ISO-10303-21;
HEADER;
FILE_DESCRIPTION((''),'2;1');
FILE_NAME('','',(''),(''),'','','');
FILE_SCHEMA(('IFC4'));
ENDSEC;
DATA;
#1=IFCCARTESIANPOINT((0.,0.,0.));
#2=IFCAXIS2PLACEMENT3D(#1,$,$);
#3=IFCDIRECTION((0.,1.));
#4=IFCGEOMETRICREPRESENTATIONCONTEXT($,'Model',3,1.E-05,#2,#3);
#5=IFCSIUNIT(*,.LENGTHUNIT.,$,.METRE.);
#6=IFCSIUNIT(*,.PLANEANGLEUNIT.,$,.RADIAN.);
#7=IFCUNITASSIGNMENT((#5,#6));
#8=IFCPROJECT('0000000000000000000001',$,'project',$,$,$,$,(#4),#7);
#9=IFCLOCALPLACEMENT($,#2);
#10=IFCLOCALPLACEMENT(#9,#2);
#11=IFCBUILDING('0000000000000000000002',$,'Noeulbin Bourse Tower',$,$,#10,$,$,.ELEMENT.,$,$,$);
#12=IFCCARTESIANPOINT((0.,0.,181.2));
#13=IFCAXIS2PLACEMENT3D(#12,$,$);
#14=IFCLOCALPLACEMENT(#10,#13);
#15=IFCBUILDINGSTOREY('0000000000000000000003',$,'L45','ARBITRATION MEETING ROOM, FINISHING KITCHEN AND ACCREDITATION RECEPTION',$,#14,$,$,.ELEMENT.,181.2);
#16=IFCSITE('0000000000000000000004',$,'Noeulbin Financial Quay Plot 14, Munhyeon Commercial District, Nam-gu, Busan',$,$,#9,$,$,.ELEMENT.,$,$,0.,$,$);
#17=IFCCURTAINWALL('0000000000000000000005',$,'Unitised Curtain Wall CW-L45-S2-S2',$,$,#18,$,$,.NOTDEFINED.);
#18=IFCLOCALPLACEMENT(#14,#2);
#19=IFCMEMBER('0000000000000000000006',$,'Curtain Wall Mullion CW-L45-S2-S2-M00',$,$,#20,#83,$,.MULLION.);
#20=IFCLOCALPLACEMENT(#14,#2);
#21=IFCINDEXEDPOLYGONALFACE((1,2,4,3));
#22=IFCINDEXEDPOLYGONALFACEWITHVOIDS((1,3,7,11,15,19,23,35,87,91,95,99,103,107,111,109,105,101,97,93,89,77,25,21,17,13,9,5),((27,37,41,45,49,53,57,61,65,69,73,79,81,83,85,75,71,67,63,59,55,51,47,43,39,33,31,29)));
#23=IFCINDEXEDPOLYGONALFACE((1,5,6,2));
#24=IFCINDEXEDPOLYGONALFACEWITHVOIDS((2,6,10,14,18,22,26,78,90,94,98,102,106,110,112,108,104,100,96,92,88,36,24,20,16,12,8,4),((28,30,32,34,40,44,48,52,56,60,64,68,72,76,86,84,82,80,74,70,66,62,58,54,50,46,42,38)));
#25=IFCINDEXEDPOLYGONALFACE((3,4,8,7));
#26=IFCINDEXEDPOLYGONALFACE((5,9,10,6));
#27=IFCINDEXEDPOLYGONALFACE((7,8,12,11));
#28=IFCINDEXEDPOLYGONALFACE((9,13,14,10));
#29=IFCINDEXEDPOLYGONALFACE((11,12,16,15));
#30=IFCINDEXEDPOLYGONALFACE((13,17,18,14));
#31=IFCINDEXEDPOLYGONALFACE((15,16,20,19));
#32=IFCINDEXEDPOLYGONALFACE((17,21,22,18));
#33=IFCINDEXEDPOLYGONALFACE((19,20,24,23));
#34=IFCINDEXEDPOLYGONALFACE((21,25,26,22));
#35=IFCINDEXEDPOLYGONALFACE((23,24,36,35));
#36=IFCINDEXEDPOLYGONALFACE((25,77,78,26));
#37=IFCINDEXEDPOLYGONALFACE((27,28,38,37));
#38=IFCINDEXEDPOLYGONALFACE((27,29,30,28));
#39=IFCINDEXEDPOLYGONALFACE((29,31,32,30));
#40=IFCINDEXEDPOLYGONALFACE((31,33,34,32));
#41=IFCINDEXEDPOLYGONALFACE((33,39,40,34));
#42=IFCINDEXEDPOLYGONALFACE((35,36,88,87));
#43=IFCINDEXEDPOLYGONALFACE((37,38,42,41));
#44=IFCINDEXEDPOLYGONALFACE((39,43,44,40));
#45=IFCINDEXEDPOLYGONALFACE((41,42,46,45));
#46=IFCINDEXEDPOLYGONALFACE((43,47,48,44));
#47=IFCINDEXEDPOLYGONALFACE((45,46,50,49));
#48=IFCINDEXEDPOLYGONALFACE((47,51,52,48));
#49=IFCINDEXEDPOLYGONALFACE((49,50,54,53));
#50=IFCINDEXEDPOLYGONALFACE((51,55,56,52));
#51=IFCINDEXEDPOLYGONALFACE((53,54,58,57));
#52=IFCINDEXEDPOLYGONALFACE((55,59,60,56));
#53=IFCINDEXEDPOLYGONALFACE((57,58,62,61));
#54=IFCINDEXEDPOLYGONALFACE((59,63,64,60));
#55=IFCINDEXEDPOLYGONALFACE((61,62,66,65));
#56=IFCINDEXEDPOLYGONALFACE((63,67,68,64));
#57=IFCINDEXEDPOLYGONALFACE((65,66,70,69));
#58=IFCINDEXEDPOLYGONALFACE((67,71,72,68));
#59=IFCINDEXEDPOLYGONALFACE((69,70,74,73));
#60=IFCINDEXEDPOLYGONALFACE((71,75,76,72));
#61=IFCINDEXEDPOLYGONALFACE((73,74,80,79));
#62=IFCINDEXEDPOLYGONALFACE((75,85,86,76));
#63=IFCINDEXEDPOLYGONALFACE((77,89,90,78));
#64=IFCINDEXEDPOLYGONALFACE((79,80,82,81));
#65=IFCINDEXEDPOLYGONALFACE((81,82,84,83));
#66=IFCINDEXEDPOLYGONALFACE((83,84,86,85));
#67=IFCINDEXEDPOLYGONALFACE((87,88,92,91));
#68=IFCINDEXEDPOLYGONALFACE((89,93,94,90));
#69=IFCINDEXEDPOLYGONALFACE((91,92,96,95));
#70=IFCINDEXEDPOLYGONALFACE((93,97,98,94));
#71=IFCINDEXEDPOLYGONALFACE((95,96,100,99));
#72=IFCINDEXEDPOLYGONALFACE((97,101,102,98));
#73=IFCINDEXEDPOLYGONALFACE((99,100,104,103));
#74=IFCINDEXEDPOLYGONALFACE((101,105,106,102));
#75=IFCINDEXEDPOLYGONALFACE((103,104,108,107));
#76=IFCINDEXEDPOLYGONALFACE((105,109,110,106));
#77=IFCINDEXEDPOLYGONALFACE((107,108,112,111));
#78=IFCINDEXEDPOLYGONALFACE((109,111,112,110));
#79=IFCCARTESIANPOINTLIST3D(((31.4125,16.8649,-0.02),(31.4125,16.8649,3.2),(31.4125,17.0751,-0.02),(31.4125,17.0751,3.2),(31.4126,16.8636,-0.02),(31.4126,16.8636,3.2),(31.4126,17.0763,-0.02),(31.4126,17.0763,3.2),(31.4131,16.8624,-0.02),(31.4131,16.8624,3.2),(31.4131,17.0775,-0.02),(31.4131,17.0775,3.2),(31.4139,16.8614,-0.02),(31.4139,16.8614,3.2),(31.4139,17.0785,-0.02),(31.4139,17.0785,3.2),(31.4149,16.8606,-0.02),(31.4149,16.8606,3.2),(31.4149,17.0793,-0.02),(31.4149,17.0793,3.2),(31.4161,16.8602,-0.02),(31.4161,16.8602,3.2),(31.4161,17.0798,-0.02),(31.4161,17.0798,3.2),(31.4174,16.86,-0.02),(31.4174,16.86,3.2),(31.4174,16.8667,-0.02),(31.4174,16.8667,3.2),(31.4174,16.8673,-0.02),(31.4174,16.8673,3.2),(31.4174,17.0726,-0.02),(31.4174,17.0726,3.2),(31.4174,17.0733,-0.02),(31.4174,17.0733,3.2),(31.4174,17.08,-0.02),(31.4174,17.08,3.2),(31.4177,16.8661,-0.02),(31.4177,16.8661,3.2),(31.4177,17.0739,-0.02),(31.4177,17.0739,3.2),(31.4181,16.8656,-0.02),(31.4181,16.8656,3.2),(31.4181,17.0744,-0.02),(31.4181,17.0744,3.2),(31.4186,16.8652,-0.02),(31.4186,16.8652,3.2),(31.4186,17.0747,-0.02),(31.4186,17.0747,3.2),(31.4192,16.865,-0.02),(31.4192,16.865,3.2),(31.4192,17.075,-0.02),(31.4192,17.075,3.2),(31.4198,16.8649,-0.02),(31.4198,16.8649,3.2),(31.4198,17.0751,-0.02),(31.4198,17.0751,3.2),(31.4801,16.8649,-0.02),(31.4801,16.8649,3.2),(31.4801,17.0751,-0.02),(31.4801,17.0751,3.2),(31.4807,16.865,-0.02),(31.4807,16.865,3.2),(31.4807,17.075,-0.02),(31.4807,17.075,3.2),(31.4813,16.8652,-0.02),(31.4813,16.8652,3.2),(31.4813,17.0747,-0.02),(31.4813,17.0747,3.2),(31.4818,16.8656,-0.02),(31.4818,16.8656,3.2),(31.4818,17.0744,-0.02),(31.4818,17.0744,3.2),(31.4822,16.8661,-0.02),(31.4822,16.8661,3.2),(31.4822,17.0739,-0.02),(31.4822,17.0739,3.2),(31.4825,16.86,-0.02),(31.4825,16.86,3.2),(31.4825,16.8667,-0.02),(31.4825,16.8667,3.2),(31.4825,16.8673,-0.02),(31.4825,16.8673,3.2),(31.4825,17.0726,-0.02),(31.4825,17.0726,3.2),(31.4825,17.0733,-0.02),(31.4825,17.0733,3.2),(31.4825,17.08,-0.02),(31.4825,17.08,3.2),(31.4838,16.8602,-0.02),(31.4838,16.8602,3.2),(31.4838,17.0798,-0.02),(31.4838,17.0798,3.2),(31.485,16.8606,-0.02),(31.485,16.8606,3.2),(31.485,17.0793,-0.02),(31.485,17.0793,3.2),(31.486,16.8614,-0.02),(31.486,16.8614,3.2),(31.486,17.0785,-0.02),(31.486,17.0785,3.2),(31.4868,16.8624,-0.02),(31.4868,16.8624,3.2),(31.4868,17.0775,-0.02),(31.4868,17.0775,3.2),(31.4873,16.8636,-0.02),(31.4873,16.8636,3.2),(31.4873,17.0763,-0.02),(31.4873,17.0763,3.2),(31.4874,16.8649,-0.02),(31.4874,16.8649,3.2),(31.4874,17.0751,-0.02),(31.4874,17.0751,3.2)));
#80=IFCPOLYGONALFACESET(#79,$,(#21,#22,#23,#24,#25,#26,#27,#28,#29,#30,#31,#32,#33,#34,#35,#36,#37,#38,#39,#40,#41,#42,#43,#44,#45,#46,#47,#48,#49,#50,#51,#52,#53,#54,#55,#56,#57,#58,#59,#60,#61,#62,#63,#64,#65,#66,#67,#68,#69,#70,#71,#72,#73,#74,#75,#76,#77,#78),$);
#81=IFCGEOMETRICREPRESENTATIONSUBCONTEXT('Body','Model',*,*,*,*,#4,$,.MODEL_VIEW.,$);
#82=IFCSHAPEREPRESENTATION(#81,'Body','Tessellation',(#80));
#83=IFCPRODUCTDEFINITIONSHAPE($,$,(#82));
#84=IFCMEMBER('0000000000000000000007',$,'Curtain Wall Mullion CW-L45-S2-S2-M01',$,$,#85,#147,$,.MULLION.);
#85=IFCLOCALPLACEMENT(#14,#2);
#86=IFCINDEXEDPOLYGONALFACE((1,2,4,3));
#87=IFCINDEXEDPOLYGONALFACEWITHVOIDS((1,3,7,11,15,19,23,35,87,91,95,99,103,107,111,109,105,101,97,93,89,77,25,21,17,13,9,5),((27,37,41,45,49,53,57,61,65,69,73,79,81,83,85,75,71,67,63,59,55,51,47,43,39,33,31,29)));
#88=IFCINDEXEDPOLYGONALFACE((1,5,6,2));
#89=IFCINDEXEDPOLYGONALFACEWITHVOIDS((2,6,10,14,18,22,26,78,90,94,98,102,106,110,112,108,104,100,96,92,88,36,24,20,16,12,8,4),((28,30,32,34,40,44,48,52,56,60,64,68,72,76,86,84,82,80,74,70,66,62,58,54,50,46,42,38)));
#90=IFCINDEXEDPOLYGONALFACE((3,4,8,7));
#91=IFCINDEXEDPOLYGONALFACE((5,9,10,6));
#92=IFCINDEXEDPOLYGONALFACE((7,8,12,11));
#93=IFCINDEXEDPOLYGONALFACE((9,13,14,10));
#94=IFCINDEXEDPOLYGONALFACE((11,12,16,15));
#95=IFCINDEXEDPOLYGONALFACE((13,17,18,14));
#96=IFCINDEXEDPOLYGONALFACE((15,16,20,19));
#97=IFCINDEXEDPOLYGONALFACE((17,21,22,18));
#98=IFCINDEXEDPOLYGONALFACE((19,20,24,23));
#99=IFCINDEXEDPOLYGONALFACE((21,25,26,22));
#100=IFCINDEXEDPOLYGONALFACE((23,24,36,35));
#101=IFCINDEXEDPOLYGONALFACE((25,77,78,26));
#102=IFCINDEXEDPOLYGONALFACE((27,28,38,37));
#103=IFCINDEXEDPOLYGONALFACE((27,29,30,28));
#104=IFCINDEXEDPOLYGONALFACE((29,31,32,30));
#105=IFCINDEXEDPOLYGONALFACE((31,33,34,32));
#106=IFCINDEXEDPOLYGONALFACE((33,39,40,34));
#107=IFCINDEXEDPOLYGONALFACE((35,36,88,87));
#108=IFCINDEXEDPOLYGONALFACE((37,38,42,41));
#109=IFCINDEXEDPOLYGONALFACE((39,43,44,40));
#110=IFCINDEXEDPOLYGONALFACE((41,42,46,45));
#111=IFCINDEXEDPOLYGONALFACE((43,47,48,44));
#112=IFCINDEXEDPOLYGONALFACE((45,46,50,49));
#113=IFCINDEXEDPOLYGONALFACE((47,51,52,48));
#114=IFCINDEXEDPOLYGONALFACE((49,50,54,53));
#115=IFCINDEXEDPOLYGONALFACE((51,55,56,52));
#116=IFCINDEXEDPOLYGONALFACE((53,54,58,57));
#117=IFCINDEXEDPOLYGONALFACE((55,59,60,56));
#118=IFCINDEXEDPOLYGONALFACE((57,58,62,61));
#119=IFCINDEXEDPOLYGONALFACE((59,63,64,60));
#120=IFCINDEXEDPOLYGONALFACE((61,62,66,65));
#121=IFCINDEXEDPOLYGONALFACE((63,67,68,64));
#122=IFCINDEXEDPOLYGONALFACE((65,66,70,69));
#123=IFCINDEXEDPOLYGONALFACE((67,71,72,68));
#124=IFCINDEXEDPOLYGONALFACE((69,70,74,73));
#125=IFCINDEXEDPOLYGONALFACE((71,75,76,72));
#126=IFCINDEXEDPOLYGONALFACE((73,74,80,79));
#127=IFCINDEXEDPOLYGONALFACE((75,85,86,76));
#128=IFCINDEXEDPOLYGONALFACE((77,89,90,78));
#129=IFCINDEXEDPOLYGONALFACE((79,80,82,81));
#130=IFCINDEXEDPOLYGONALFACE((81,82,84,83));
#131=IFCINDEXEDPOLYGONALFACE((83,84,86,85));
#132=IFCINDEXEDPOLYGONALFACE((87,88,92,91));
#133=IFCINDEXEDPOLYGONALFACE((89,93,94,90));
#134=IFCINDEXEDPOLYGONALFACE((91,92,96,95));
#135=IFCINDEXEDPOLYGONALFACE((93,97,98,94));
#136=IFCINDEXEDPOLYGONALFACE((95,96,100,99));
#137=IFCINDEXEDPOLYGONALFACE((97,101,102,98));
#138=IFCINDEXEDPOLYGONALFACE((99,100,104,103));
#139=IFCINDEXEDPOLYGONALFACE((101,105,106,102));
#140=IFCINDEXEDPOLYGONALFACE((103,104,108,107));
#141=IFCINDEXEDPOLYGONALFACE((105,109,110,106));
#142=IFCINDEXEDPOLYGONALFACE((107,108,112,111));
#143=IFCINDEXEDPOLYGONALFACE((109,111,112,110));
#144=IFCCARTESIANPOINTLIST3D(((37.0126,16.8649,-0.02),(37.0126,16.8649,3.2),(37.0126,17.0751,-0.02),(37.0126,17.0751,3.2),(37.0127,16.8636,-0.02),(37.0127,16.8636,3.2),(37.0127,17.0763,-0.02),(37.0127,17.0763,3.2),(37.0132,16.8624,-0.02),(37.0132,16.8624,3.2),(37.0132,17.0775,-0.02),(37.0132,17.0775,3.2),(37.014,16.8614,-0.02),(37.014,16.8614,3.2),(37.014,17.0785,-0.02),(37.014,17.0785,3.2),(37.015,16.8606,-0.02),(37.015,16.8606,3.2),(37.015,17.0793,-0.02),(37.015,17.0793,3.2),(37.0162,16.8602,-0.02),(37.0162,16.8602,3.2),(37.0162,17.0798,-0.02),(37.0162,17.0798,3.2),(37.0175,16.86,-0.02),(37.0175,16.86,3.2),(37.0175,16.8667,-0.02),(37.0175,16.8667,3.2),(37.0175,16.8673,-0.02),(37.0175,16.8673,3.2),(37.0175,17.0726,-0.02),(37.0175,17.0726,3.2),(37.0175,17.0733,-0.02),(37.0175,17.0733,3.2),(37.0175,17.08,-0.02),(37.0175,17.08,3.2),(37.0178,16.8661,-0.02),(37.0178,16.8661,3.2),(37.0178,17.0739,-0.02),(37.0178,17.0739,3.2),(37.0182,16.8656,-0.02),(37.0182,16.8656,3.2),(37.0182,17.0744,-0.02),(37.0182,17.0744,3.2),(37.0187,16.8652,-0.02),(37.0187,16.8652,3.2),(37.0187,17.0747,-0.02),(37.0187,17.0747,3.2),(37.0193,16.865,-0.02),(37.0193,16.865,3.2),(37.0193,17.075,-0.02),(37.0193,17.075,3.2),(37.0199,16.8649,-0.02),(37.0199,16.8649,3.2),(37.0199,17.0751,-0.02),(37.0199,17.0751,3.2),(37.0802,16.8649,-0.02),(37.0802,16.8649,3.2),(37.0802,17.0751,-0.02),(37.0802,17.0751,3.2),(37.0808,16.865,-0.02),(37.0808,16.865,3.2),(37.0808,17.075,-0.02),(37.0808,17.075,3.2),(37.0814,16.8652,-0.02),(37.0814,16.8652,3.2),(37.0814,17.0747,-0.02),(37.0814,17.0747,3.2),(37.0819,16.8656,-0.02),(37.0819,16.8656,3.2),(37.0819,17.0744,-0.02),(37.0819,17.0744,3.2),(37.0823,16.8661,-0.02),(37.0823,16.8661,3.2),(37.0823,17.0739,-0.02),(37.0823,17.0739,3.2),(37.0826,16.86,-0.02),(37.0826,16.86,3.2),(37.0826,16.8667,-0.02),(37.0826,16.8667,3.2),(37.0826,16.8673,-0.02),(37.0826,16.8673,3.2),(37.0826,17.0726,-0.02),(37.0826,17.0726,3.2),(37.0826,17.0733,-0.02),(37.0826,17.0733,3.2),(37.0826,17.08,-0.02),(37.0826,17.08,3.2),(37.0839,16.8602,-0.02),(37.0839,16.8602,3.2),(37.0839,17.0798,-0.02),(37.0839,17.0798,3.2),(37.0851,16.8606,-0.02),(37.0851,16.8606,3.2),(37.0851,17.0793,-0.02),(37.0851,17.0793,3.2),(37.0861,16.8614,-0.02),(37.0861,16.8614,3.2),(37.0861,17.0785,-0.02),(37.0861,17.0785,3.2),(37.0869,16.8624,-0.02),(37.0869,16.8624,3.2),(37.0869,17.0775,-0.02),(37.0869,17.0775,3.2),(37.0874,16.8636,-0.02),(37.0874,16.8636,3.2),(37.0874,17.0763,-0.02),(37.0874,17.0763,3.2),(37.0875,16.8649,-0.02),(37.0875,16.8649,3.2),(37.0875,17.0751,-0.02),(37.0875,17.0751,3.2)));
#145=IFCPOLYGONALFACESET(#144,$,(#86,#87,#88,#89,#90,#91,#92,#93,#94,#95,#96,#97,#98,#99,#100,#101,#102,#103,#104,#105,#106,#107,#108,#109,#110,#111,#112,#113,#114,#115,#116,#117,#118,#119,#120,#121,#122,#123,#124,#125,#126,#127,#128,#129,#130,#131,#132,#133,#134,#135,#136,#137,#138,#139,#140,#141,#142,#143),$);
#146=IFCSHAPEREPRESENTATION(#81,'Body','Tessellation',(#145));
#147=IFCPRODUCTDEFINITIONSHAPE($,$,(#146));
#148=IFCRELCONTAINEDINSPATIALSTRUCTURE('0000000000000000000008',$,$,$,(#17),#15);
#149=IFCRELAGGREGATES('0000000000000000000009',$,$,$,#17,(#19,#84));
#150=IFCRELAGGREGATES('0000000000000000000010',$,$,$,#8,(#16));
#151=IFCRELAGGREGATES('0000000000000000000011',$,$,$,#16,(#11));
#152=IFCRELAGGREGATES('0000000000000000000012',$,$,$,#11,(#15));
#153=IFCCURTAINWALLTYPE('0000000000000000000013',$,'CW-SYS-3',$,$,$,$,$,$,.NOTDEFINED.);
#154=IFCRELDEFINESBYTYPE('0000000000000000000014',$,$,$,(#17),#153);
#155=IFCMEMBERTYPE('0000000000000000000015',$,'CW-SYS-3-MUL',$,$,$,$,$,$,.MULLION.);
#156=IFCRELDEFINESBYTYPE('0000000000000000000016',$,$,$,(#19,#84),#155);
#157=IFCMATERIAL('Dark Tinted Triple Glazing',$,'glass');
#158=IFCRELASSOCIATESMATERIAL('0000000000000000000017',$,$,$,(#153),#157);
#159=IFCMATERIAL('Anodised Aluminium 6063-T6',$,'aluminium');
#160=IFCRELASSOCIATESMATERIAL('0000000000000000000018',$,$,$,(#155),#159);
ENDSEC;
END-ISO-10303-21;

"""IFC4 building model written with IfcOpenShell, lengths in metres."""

from ifc_helpers import new_model, si_unit, direction, frame, origin, origin_2d, place, context, subcontext, project, spatial, hollow_rectangle, extrude, material, material_profile, profile_set, type_object, element, aggregate, save


model = new_model("IFC4")

# Units and contexts
model_context = context("Model", 3, precision=1e-05, world=origin(), true_north=direction((0.0, 1.0)))
body_context = subcontext(model_context, "Body", "Model", "MODEL_VIEW")
ifc_project = project(units=[si_unit("LENGTHUNIT", "METRE"), si_unit("PLANEANGLEUNIT", "RADIAN")], contexts=[model_context])

# Site, building, storey
site_placement = place(None, origin())
site = spatial("IfcSite", under=ifc_project, at=site_placement, Name="Noeulbin Financial Quay Plot 14, Munhyeon Commercial District, Nam-gu, Busan", CompositionType="ELEMENT", RefElevation=0.0)
building_placement = place(site_placement, origin())
building = spatial("IfcBuilding", under=site, at=building_placement, Name="Noeulbin Bourse Tower", CompositionType="ELEMENT")
storey_placement = place(building_placement, frame((0.0, 0.0, 181.2)))
storey = spatial("IfcBuildingStorey", under=building, at=storey_placement, Name="L45", Description="ARBITRATION MEETING ROOM, FINISHING KITCHEN AND ACCREDITATION RECEPTION", CompositionType="ELEMENT", Elevation=181.2)

# Curtain wall, members
ifc_material_1 = material(Name="Dark Tinted Triple Glazing", Category="glass")
curtain_wall_type = type_object("IfcCurtainWallType", Name="CW-SYS-3", PredefinedType="NOTDEFINED", material=ifc_material_1)
curtain_wall_1_placement = place(storey_placement, origin())
curtain_wall_1 = element("IfcCurtainWall", 1, at=curtain_wall_1_placement, inside=storey, type_object=curtain_wall_type, Name="Unitised Curtain Wall CW-L45-S2-S2", PredefinedType="NOTDEFINED")
ifc_material_2 = material(Name="Anodised Aluminium 6063-T6", Category="aluminium")
ifc_material_profile_1 = material_profile(ifc_material_2, hollow_rectangle(XDim=0.075, YDim=0.22, WallThickness=0.0049, InnerFilletRadius=0.0024, OuterFilletRadius=0.0049, at=origin_2d()), Name="ALU-MULL-75x220x5", Category="LoadBearing")
ifc_profile_set_1 = profile_set([ifc_material_profile_1], Name="Anodised Aluminium 6063-T6")
member_type_1 = type_object("IfcMemberType", Name="CW-SYS-3-MUL", PredefinedType="MULLION", material=ifc_profile_set_1)
member_1_placement = place(storey_placement, frame((31.45, 16.97, -0.02), z_axis=(0.0, 0.0, 1.0), x_axis=(1.0, 0.0, 0.0)))
member_1 = element("IfcMember", 2, at=member_1_placement, type_object=member_type_1, Name="Curtain Wall Mullion CW-L45-S2-S2-M00", PredefinedType="MULLION", context=body_context, shape_type="SweptSolid", body=[
    extrude(hollow_rectangle(XDim=0.075, YDim=0.22, WallThickness=0.0049, InnerFilletRadius=0.0024, OuterFilletRadius=0.0049, at=origin_2d()), origin(), (0.0, 0.0, 1.0), 3.22),
])
member_2_placement = place(storey_placement, frame((37.05, 16.97, -0.02), z_axis=(0.0, 0.0, 1.0), x_axis=(1.0, 0.0, 0.0)))
member_2 = element("IfcMember", 3, at=member_2_placement, type_object=member_type_1, Name="Curtain Wall Mullion CW-L45-S2-S2-M01", PredefinedType="MULLION", context=body_context, shape_type="SweptSolid", body=[
    extrude(hollow_rectangle(XDim=0.075, YDim=0.22, WallThickness=0.0049, InnerFilletRadius=0.0024, OuterFilletRadius=0.0049, at=origin_2d()), origin(), (0.0, 0.0, 1.0), 3.22),
])

aggregate(curtain_wall_1, [member_1, member_2])

save(model, "model.ifc")
